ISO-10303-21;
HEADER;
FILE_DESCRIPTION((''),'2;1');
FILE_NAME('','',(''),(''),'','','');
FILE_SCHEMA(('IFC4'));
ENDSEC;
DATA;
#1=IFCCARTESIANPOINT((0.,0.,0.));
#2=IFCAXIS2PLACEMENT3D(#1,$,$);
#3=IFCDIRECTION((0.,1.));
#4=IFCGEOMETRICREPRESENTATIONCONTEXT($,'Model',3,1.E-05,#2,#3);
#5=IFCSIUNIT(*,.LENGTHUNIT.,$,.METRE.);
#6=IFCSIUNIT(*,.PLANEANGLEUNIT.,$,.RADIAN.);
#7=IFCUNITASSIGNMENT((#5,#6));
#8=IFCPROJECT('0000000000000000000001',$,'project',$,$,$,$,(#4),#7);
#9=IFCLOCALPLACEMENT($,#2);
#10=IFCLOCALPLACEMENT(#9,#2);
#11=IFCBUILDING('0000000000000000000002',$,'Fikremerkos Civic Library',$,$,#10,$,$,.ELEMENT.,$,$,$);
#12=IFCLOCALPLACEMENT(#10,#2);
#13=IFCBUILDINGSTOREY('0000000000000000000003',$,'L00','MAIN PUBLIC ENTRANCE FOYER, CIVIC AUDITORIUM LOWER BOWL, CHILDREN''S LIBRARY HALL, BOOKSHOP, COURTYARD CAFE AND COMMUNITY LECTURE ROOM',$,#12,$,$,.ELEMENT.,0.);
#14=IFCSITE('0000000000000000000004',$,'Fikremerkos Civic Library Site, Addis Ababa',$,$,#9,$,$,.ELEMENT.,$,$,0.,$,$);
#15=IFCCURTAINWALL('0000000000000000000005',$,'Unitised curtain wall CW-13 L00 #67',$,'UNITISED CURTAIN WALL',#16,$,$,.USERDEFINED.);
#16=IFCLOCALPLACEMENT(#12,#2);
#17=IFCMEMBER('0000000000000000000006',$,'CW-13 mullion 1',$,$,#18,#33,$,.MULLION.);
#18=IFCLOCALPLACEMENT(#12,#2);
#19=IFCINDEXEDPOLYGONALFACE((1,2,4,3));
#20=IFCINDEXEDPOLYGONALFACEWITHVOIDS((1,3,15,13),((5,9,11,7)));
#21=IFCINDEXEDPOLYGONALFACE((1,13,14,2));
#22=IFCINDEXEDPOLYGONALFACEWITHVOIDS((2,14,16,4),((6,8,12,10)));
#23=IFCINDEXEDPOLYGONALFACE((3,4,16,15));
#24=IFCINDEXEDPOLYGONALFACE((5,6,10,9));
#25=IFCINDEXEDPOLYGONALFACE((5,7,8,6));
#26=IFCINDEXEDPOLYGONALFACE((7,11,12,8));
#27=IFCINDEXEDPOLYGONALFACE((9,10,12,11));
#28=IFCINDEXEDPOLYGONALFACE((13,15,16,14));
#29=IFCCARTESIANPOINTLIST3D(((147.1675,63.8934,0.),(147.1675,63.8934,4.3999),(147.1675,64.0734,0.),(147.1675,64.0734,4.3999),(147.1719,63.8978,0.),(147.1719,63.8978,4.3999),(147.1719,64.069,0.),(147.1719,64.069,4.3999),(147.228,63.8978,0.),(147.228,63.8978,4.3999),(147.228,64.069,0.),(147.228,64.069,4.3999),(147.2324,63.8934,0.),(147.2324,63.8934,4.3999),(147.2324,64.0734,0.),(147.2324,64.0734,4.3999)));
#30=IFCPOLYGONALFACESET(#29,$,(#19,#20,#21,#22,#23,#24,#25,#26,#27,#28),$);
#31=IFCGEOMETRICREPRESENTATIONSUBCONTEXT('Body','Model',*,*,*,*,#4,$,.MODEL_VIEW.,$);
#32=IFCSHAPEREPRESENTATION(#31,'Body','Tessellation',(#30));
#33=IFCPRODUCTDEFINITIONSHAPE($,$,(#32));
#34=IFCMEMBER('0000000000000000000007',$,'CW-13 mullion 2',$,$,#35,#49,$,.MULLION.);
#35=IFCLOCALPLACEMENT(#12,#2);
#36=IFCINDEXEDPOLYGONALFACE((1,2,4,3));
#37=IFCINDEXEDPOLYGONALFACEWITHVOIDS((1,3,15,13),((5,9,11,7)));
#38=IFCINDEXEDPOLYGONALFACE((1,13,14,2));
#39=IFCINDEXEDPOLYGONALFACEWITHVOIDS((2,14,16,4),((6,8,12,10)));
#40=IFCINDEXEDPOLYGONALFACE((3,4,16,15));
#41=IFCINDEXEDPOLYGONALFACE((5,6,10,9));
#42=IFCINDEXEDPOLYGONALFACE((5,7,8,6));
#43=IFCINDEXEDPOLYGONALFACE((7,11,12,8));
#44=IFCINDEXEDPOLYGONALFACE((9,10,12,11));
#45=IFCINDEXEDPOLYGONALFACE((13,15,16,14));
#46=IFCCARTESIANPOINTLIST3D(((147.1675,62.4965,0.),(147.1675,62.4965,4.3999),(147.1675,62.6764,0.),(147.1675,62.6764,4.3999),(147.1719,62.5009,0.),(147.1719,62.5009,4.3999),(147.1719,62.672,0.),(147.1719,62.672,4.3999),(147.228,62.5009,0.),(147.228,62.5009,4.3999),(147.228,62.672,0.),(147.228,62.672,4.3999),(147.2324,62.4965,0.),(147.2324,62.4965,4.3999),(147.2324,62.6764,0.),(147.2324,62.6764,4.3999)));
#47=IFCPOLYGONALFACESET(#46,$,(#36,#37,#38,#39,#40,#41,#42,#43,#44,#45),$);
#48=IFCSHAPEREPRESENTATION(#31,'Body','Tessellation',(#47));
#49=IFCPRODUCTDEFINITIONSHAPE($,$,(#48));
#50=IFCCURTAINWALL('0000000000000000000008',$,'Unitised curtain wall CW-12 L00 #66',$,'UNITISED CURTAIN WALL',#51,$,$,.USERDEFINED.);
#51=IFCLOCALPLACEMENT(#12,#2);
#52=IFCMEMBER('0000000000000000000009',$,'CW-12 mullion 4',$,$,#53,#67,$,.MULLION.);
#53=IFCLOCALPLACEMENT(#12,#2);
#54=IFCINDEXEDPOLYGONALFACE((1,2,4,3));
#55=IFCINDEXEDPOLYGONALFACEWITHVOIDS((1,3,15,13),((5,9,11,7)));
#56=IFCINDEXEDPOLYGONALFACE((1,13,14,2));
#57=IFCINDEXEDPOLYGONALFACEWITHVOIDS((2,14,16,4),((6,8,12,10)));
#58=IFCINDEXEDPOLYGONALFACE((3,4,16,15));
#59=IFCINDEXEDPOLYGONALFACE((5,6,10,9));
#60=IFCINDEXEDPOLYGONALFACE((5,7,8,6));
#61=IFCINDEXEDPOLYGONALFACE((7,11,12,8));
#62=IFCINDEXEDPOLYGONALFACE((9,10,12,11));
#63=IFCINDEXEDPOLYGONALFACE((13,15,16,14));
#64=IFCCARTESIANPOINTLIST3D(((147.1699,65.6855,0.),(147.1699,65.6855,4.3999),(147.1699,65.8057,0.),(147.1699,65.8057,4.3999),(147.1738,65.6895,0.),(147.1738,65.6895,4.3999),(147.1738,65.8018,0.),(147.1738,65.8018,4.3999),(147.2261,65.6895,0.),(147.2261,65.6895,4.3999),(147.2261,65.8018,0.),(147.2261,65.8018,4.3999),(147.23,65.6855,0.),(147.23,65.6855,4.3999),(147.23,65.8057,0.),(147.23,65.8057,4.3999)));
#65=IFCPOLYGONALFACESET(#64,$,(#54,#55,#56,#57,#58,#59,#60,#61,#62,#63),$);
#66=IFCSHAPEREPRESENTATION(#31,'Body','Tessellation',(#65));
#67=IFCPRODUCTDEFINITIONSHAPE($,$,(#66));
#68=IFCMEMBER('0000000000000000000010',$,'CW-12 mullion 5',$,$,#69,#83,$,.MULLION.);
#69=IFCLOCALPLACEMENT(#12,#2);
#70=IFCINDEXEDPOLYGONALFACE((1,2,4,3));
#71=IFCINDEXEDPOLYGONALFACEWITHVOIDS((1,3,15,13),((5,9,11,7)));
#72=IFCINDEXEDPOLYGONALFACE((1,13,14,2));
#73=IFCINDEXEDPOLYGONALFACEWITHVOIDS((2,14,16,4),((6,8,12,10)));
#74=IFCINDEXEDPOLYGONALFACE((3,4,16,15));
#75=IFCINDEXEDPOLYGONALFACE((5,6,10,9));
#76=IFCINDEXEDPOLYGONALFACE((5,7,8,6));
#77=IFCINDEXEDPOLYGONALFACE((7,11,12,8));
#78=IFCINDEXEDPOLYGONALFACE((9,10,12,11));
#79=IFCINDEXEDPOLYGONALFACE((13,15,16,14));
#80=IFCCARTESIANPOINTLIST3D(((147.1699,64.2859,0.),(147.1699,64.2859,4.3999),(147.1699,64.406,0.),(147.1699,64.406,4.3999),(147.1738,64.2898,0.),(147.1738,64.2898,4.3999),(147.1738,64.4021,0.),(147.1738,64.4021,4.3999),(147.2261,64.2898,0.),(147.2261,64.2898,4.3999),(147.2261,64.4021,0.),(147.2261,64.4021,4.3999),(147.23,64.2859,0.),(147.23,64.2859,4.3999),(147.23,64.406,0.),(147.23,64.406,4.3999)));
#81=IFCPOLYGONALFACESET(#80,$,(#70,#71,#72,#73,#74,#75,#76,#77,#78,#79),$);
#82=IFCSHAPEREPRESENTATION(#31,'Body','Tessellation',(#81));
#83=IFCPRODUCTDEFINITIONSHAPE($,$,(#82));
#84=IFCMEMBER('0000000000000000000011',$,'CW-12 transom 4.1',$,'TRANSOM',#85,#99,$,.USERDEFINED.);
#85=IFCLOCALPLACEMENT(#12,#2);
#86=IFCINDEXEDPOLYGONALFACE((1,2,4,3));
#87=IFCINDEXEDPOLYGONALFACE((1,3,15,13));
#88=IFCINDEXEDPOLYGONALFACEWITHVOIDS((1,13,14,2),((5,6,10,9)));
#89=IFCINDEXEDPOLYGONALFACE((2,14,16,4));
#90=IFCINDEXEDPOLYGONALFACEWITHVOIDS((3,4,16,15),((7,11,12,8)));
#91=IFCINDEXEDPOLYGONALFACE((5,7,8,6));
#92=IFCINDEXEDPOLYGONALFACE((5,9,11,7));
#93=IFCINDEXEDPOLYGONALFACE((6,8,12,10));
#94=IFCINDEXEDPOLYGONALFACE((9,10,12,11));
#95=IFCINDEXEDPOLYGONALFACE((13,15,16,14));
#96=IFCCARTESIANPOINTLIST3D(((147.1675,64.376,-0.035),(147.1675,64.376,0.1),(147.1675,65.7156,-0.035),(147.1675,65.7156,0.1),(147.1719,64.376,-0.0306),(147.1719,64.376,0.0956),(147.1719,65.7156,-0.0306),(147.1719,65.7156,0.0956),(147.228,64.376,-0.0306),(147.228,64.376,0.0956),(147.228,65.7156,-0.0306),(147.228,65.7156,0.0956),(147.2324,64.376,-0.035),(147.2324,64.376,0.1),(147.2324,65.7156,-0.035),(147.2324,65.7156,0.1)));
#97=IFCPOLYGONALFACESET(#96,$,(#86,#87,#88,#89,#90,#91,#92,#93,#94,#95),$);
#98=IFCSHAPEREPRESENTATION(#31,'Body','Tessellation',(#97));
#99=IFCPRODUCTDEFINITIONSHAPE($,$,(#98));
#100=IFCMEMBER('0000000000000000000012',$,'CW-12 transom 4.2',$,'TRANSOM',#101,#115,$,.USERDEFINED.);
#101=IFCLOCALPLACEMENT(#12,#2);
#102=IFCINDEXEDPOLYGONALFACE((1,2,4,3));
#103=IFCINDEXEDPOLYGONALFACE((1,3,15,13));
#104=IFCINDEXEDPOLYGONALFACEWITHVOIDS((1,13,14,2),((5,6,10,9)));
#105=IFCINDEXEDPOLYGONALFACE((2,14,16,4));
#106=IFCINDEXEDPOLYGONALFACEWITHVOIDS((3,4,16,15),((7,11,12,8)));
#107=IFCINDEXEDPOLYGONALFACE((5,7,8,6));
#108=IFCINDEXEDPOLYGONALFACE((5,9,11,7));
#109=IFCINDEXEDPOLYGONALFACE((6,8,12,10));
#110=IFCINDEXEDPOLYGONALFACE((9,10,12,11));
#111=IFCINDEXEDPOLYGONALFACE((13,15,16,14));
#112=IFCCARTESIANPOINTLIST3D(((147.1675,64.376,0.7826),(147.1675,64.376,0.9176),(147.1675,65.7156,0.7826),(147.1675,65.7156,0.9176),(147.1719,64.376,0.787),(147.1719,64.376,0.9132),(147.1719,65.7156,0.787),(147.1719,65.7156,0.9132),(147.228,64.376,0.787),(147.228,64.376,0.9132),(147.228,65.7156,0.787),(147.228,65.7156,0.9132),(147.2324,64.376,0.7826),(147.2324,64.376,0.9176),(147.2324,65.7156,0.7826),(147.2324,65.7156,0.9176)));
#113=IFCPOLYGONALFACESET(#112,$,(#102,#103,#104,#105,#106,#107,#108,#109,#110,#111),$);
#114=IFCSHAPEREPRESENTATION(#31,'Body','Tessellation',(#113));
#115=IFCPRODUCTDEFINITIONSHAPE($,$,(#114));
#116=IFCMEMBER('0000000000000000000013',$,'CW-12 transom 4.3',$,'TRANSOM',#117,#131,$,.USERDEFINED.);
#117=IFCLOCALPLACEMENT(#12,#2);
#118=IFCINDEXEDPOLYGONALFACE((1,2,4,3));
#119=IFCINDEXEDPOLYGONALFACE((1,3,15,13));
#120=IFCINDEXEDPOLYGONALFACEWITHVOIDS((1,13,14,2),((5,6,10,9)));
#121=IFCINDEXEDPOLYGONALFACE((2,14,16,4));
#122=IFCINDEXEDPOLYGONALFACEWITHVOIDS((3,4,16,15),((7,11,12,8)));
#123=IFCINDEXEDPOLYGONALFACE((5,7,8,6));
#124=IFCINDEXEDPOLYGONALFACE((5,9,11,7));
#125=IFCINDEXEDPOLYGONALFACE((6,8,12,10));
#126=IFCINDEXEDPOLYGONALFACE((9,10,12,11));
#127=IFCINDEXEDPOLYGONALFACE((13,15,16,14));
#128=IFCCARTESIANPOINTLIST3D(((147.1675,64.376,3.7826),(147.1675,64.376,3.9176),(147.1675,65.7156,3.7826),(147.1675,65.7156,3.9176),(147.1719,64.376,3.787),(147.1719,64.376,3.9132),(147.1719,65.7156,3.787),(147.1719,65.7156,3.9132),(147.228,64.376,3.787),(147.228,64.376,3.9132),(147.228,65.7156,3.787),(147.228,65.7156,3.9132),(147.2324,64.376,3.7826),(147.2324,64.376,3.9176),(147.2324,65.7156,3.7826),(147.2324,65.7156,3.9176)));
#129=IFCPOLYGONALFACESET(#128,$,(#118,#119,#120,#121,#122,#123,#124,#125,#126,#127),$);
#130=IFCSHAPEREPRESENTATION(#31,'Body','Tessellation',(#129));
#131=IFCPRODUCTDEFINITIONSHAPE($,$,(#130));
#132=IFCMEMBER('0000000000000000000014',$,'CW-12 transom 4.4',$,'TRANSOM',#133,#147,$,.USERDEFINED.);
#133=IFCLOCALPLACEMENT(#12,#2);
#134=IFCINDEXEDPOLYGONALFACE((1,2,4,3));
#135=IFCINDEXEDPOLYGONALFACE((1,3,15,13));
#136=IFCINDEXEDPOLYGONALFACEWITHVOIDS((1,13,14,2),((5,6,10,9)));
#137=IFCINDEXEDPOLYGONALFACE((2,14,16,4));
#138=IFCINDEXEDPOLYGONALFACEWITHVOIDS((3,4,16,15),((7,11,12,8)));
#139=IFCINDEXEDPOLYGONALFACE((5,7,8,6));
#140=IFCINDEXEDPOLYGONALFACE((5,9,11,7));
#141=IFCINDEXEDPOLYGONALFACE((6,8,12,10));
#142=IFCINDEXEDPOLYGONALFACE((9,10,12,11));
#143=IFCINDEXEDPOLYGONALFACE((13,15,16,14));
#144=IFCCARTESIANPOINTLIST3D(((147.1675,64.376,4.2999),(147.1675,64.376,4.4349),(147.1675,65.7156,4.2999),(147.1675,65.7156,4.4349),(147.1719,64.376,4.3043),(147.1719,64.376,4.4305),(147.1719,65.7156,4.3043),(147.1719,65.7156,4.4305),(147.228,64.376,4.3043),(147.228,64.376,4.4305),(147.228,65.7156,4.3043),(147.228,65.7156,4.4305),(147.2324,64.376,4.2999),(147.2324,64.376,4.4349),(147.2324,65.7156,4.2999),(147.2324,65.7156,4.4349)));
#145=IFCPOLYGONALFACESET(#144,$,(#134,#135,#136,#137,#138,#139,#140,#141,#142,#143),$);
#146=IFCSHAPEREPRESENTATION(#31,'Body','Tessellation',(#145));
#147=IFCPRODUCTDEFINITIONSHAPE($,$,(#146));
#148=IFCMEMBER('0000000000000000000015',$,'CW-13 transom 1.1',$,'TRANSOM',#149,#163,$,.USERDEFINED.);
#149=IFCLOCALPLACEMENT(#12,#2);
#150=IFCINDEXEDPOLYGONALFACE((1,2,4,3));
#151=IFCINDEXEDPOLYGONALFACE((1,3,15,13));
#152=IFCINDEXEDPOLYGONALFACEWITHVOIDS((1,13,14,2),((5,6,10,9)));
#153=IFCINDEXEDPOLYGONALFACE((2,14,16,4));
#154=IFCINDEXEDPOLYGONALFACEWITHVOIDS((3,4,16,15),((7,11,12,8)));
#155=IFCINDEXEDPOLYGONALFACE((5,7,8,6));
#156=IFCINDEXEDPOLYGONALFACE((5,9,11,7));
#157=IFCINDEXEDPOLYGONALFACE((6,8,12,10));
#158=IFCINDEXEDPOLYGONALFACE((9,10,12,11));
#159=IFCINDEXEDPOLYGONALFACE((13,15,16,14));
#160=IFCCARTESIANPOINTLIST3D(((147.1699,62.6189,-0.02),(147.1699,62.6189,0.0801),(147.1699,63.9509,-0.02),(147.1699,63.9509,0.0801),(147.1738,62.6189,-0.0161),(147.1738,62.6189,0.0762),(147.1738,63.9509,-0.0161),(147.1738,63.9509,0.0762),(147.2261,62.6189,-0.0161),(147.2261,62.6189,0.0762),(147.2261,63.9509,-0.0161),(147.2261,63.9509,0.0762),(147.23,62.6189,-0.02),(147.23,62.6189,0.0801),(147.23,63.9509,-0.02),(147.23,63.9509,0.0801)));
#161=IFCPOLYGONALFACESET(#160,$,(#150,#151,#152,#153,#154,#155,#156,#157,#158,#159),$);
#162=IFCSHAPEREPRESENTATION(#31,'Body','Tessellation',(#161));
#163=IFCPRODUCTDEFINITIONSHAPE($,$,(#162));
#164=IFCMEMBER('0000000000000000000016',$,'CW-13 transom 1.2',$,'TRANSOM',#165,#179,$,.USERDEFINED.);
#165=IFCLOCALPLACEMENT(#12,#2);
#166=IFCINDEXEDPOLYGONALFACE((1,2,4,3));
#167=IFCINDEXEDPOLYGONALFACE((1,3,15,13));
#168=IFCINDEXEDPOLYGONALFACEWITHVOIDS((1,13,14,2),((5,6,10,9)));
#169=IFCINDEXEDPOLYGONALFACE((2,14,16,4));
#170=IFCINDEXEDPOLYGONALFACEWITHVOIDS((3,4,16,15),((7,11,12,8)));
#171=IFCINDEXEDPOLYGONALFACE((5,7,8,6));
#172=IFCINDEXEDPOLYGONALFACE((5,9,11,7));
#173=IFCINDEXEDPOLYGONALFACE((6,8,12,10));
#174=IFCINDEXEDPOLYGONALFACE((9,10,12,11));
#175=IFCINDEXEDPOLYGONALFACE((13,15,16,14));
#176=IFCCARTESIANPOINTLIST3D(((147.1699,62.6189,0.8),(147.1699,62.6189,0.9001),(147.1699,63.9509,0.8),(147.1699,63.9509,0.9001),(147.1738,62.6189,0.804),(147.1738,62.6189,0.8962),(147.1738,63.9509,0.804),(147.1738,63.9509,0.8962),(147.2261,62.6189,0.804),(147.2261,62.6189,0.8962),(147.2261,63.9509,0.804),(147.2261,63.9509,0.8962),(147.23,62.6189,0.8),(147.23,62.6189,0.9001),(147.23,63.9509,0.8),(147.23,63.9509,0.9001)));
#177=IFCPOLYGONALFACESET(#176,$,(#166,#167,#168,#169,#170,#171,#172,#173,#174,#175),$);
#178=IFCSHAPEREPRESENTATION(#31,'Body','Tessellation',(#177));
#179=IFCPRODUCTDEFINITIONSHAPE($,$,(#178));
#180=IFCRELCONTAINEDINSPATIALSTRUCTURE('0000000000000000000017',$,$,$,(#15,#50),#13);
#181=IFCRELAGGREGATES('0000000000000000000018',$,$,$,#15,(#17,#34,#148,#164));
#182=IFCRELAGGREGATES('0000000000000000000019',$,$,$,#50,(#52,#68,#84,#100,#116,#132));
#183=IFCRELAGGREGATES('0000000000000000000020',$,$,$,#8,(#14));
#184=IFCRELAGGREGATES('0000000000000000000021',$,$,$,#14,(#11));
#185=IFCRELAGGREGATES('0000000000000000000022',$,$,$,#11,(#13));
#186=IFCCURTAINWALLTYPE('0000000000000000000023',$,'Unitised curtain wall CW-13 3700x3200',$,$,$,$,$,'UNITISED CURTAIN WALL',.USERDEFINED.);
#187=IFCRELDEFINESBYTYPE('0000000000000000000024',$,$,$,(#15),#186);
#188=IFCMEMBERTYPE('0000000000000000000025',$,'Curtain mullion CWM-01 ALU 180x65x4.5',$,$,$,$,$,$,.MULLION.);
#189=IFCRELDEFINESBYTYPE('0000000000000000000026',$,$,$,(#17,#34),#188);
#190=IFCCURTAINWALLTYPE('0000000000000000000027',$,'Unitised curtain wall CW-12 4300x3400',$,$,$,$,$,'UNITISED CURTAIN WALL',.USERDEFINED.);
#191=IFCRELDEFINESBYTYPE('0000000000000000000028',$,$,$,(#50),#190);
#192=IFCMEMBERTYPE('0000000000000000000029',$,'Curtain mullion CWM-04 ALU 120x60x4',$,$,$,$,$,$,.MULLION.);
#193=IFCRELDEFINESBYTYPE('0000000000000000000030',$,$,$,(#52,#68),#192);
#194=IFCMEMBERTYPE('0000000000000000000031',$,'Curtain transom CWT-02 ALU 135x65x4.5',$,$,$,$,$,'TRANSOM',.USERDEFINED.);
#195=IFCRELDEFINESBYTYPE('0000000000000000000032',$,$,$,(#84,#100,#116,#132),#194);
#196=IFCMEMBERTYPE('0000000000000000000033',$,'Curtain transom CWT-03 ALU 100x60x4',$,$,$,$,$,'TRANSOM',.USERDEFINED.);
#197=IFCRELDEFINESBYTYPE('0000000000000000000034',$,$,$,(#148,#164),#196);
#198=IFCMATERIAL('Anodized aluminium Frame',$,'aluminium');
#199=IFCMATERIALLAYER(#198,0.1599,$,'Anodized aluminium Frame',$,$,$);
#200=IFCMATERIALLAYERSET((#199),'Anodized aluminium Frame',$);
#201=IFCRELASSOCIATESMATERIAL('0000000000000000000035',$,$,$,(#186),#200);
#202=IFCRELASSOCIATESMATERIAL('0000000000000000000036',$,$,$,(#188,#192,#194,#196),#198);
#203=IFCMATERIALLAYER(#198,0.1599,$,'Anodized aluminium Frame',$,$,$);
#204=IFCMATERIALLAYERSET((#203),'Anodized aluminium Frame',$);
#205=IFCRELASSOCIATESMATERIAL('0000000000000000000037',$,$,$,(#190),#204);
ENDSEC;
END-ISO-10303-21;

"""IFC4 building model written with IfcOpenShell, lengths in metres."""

from ifc_helpers import new_model, si_unit, direction, frame, origin, origin_2d, place, context, subcontext, project, spatial, hollow_rectangle, extrude, material, layer, layer_set, material_profile, profile_set, type_object, element, aggregate, save


model = new_model("IFC4")

# Units and contexts
model_context = context("Model", 3, precision=1e-05, world=origin(), true_north=direction((0.0, 1.0)))
body_context = subcontext(model_context, "Body", "Model", "MODEL_VIEW")
ifc_project = project(units=[si_unit("LENGTHUNIT", "METRE"), si_unit("PLANEANGLEUNIT", "RADIAN")], contexts=[model_context])

# Site, building, storey
site_placement = place(None, origin())
site = spatial("IfcSite", under=ifc_project, at=site_placement, Name="Fikremerkos Civic Library Site, Addis Ababa", CompositionType="ELEMENT", RefElevation=0.0)
building_placement = place(site_placement, origin())
building = spatial("IfcBuilding", under=site, at=building_placement, Name="Fikremerkos Civic Library", CompositionType="ELEMENT")
storey_placement = place(building_placement, origin())
storey = spatial("IfcBuildingStorey", under=building, at=storey_placement, Name="L00", Description="MAIN PUBLIC ENTRANCE FOYER, CIVIC AUDITORIUM LOWER BOWL, CHILDREN'S LIBRARY HALL, BOOKSHOP, COURTYARD CAFE AND COMMUNITY LECTURE ROOM", CompositionType="ELEMENT", Elevation=0.0)

# Curtain walls, members
ifc_material_1 = material(Name="Anodized aluminium Frame", Category="aluminium")
ifc_layer_1 = layer(ifc_material_1, 0.1599, Name="Anodized aluminium Frame")
ifc_layer_set_1 = layer_set([ifc_layer_1], Name="Anodized aluminium Frame")
curtain_wall_type_1 = type_object("IfcCurtainWallType", Name="Unitised curtain wall CW-13 3700x3200", ElementType="UNITISED CURTAIN WALL", PredefinedType="USERDEFINED", material=ifc_layer_set_1)
curtain_wall_1_placement = place(storey_placement, origin())
curtain_wall_1 = element("IfcCurtainWall", 1, at=curtain_wall_1_placement, inside=storey, type_object=curtain_wall_type_1, Name="Unitised curtain wall CW-13 L00 #67", ObjectType="UNITISED CURTAIN WALL", PredefinedType="USERDEFINED")
ifc_material_profile_1 = material_profile(ifc_material_1, hollow_rectangle(XDim=0.0649, YDim=0.1799, WallThickness=0.0044, at=origin_2d()), Name="ALU 180x65x4.5")
ifc_profile_set_1 = profile_set([ifc_material_profile_1], Name="Anodized aluminium Frame")
member_type_1 = type_object("IfcMemberType", Name="Curtain mullion CWM-01 ALU 180x65x4.5", PredefinedType="MULLION", material=ifc_profile_set_1)
member_1_placement = place(storey_placement, frame((147.2, 63.9834, 0.0), z_axis=(0.0, 0.0, 1.0), x_axis=(1.0, 0.0, 0.0)))
member_1 = element("IfcMember", 2, at=member_1_placement, type_object=member_type_1, Name="CW-13 mullion 1", PredefinedType="MULLION", context=body_context, shape_type="SweptSolid", body=[
    extrude(hollow_rectangle(XDim=0.0649, YDim=0.1799, WallThickness=0.0044, at=origin_2d()), origin(), (0.0, 0.0, 1.0), 4.3999),
])
member_2_placement = place(storey_placement, frame((147.2, 62.5864, 0.0), z_axis=(0.0, 0.0, 1.0), x_axis=(1.0, 0.0, 0.0)))
member_2 = element("IfcMember", 3, at=member_2_placement, type_object=member_type_1, Name="CW-13 mullion 2", PredefinedType="MULLION", context=body_context, shape_type="SweptSolid", body=[
    extrude(hollow_rectangle(XDim=0.0649, YDim=0.1799, WallThickness=0.0044, at=origin_2d()), origin(), (0.0, 0.0, 1.0), 4.3999),
])
ifc_layer_2 = layer(ifc_material_1, 0.1599, Name="Anodized aluminium Frame")
ifc_layer_set_2 = layer_set([ifc_layer_2], Name="Anodized aluminium Frame")
curtain_wall_type_2 = type_object("IfcCurtainWallType", Name="Unitised curtain wall CW-12 4300x3400", ElementType="UNITISED CURTAIN WALL", PredefinedType="USERDEFINED", material=ifc_layer_set_2)
curtain_wall_2_placement = place(storey_placement, origin())
curtain_wall_2 = element("IfcCurtainWall", 4, at=curtain_wall_2_placement, inside=storey, type_object=curtain_wall_type_2, Name="Unitised curtain wall CW-12 L00 #66", ObjectType="UNITISED CURTAIN WALL", PredefinedType="USERDEFINED")
ifc_material_profile_2 = material_profile(ifc_material_1, hollow_rectangle(XDim=0.0601, YDim=0.1201, WallThickness=0.0039, at=origin_2d()), Name="ALU 120x60x4")
ifc_profile_set_2 = profile_set([ifc_material_profile_2], Name="Anodized aluminium Frame")
member_type_2 = type_object("IfcMemberType", Name="Curtain mullion CWM-04 ALU 120x60x4", PredefinedType="MULLION", material=ifc_profile_set_2)
member_3_placement = place(storey_placement, frame((147.2, 65.7456, 0.0), z_axis=(0.0, 0.0, 1.0), x_axis=(1.0, 0.0, 0.0)))
member_3 = element("IfcMember", 5, at=member_3_placement, type_object=member_type_2, Name="CW-12 mullion 4", PredefinedType="MULLION", context=body_context, shape_type="SweptSolid", body=[
    extrude(hollow_rectangle(XDim=0.0601, YDim=0.1201, WallThickness=0.0039, at=origin_2d()), origin(), (0.0, 0.0, 1.0), 4.3999),
])
member_4_placement = place(storey_placement, frame((147.2, 64.3459, 0.0), z_axis=(0.0, 0.0, 1.0), x_axis=(1.0, 0.0, 0.0)))
member_4 = element("IfcMember", 6, at=member_4_placement, type_object=member_type_2, Name="CW-12 mullion 5", PredefinedType="MULLION", context=body_context, shape_type="SweptSolid", body=[
    extrude(hollow_rectangle(XDim=0.0601, YDim=0.1201, WallThickness=0.0039, at=origin_2d()), origin(), (0.0, 0.0, 1.0), 4.3999),
])
ifc_material_profile_3 = material_profile(ifc_material_1, hollow_rectangle(XDim=0.0649, YDim=0.135, WallThickness=0.0044, at=origin_2d()), Name="ALU 135x65x4.5")
ifc_profile_set_3 = profile_set([ifc_material_profile_3], Name="Anodized aluminium Frame")
member_type_3 = type_object("IfcMemberType", Name="Curtain transom CWT-02 ALU 135x65x4.5", ElementType="TRANSOM", PredefinedType="USERDEFINED", material=ifc_profile_set_3)
member_5_placement = place(storey_placement, frame((147.2, 65.7156, 0.0325), z_axis=(0.0, -1.0, 0.0), x_axis=(1.0, 0.0, 0.0)))
member_5 = element("IfcMember", 7, at=member_5_placement, type_object=member_type_3, Name="CW-12 transom 4.1", ObjectType="TRANSOM", PredefinedType="USERDEFINED", context=body_context, shape_type="SweptSolid", body=[
    extrude(hollow_rectangle(XDim=0.0649, YDim=0.135, WallThickness=0.0044, at=origin_2d()), origin(), (0.0, 0.0, 1.0), 1.3396),
])
member_6_placement = place(storey_placement, frame((147.2, 65.7156, 0.8501), z_axis=(0.0, -1.0, 0.0), x_axis=(1.0, 0.0, 0.0)))
member_6 = element("IfcMember", 8, at=member_6_placement, type_object=member_type_3, Name="CW-12 transom 4.2", ObjectType="TRANSOM", PredefinedType="USERDEFINED", context=body_context, shape_type="SweptSolid", body=[
    extrude(hollow_rectangle(XDim=0.0649, YDim=0.135, WallThickness=0.0044, at=origin_2d()), origin(), (0.0, 0.0, 1.0), 1.3396),
])
member_7_placement = place(storey_placement, frame((147.2, 65.7156, 3.8501), z_axis=(0.0, -1.0, 0.0), x_axis=(1.0, 0.0, 0.0)))
member_7 = element("IfcMember", 9, at=member_7_placement, type_object=member_type_3, Name="CW-12 transom 4.3", ObjectType="TRANSOM", PredefinedType="USERDEFINED", context=body_context, shape_type="SweptSolid", body=[
    extrude(hollow_rectangle(XDim=0.0649, YDim=0.135, WallThickness=0.0044, at=origin_2d()), origin(), (0.0, 0.0, 1.0), 1.3396),
])
member_8_placement = place(storey_placement, frame((147.2, 65.7156, 4.3674), z_axis=(0.0, -1.0, 0.0), x_axis=(1.0, 0.0, 0.0)))
member_8 = element("IfcMember", 10, at=member_8_placement, type_object=member_type_3, Name="CW-12 transom 4.4", ObjectType="TRANSOM", PredefinedType="USERDEFINED", context=body_context, shape_type="SweptSolid", body=[
    extrude(hollow_rectangle(XDim=0.0649, YDim=0.135, WallThickness=0.0044, at=origin_2d()), origin(), (0.0, 0.0, 1.0), 1.3396),
])

# Members
ifc_material_profile_4 = material_profile(ifc_material_1, hollow_rectangle(XDim=0.0601, YDim=0.1001, WallThickness=0.0039, at=origin_2d()), Name="ALU 100x60x4")
ifc_profile_set_4 = profile_set([ifc_material_profile_4], Name="Anodized aluminium Frame")
member_type_4 = type_object("IfcMemberType", Name="Curtain transom CWT-03 ALU 100x60x4", ElementType="TRANSOM", PredefinedType="USERDEFINED", material=ifc_profile_set_4)
member_9_placement = place(storey_placement, frame((147.2, 63.9509, 0.03), z_axis=(0.0, -1.0, 0.0), x_axis=(1.0, 0.0, 0.0)))
member_9 = element("IfcMember", 11, at=member_9_placement, type_object=member_type_4, Name="CW-13 transom 1.1", ObjectType="TRANSOM", PredefinedType="USERDEFINED", context=body_context, shape_type="SweptSolid", body=[
    extrude(hollow_rectangle(XDim=0.0601, YDim=0.1001, WallThickness=0.0039, at=origin_2d()), origin(), (0.0, 0.0, 1.0), 1.332),
])
member_10_placement = place(storey_placement, frame((147.2, 63.9509, 0.8501), z_axis=(0.0, -1.0, 0.0), x_axis=(1.0, 0.0, 0.0)))
member_10 = element("IfcMember", 12, at=member_10_placement, type_object=member_type_4, Name="CW-13 transom 1.2", ObjectType="TRANSOM", PredefinedType="USERDEFINED", context=body_context, shape_type="SweptSolid", body=[
    extrude(hollow_rectangle(XDim=0.0601, YDim=0.1001, WallThickness=0.0039, at=origin_2d()), origin(), (0.0, 0.0, 1.0), 1.332),
])

aggregate(curtain_wall_1, [member_1, member_2, member_9, member_10])
aggregate(curtain_wall_2, [member_3, member_4, member_5, member_6, member_7, member_8])

save(model, "model.ifc")
